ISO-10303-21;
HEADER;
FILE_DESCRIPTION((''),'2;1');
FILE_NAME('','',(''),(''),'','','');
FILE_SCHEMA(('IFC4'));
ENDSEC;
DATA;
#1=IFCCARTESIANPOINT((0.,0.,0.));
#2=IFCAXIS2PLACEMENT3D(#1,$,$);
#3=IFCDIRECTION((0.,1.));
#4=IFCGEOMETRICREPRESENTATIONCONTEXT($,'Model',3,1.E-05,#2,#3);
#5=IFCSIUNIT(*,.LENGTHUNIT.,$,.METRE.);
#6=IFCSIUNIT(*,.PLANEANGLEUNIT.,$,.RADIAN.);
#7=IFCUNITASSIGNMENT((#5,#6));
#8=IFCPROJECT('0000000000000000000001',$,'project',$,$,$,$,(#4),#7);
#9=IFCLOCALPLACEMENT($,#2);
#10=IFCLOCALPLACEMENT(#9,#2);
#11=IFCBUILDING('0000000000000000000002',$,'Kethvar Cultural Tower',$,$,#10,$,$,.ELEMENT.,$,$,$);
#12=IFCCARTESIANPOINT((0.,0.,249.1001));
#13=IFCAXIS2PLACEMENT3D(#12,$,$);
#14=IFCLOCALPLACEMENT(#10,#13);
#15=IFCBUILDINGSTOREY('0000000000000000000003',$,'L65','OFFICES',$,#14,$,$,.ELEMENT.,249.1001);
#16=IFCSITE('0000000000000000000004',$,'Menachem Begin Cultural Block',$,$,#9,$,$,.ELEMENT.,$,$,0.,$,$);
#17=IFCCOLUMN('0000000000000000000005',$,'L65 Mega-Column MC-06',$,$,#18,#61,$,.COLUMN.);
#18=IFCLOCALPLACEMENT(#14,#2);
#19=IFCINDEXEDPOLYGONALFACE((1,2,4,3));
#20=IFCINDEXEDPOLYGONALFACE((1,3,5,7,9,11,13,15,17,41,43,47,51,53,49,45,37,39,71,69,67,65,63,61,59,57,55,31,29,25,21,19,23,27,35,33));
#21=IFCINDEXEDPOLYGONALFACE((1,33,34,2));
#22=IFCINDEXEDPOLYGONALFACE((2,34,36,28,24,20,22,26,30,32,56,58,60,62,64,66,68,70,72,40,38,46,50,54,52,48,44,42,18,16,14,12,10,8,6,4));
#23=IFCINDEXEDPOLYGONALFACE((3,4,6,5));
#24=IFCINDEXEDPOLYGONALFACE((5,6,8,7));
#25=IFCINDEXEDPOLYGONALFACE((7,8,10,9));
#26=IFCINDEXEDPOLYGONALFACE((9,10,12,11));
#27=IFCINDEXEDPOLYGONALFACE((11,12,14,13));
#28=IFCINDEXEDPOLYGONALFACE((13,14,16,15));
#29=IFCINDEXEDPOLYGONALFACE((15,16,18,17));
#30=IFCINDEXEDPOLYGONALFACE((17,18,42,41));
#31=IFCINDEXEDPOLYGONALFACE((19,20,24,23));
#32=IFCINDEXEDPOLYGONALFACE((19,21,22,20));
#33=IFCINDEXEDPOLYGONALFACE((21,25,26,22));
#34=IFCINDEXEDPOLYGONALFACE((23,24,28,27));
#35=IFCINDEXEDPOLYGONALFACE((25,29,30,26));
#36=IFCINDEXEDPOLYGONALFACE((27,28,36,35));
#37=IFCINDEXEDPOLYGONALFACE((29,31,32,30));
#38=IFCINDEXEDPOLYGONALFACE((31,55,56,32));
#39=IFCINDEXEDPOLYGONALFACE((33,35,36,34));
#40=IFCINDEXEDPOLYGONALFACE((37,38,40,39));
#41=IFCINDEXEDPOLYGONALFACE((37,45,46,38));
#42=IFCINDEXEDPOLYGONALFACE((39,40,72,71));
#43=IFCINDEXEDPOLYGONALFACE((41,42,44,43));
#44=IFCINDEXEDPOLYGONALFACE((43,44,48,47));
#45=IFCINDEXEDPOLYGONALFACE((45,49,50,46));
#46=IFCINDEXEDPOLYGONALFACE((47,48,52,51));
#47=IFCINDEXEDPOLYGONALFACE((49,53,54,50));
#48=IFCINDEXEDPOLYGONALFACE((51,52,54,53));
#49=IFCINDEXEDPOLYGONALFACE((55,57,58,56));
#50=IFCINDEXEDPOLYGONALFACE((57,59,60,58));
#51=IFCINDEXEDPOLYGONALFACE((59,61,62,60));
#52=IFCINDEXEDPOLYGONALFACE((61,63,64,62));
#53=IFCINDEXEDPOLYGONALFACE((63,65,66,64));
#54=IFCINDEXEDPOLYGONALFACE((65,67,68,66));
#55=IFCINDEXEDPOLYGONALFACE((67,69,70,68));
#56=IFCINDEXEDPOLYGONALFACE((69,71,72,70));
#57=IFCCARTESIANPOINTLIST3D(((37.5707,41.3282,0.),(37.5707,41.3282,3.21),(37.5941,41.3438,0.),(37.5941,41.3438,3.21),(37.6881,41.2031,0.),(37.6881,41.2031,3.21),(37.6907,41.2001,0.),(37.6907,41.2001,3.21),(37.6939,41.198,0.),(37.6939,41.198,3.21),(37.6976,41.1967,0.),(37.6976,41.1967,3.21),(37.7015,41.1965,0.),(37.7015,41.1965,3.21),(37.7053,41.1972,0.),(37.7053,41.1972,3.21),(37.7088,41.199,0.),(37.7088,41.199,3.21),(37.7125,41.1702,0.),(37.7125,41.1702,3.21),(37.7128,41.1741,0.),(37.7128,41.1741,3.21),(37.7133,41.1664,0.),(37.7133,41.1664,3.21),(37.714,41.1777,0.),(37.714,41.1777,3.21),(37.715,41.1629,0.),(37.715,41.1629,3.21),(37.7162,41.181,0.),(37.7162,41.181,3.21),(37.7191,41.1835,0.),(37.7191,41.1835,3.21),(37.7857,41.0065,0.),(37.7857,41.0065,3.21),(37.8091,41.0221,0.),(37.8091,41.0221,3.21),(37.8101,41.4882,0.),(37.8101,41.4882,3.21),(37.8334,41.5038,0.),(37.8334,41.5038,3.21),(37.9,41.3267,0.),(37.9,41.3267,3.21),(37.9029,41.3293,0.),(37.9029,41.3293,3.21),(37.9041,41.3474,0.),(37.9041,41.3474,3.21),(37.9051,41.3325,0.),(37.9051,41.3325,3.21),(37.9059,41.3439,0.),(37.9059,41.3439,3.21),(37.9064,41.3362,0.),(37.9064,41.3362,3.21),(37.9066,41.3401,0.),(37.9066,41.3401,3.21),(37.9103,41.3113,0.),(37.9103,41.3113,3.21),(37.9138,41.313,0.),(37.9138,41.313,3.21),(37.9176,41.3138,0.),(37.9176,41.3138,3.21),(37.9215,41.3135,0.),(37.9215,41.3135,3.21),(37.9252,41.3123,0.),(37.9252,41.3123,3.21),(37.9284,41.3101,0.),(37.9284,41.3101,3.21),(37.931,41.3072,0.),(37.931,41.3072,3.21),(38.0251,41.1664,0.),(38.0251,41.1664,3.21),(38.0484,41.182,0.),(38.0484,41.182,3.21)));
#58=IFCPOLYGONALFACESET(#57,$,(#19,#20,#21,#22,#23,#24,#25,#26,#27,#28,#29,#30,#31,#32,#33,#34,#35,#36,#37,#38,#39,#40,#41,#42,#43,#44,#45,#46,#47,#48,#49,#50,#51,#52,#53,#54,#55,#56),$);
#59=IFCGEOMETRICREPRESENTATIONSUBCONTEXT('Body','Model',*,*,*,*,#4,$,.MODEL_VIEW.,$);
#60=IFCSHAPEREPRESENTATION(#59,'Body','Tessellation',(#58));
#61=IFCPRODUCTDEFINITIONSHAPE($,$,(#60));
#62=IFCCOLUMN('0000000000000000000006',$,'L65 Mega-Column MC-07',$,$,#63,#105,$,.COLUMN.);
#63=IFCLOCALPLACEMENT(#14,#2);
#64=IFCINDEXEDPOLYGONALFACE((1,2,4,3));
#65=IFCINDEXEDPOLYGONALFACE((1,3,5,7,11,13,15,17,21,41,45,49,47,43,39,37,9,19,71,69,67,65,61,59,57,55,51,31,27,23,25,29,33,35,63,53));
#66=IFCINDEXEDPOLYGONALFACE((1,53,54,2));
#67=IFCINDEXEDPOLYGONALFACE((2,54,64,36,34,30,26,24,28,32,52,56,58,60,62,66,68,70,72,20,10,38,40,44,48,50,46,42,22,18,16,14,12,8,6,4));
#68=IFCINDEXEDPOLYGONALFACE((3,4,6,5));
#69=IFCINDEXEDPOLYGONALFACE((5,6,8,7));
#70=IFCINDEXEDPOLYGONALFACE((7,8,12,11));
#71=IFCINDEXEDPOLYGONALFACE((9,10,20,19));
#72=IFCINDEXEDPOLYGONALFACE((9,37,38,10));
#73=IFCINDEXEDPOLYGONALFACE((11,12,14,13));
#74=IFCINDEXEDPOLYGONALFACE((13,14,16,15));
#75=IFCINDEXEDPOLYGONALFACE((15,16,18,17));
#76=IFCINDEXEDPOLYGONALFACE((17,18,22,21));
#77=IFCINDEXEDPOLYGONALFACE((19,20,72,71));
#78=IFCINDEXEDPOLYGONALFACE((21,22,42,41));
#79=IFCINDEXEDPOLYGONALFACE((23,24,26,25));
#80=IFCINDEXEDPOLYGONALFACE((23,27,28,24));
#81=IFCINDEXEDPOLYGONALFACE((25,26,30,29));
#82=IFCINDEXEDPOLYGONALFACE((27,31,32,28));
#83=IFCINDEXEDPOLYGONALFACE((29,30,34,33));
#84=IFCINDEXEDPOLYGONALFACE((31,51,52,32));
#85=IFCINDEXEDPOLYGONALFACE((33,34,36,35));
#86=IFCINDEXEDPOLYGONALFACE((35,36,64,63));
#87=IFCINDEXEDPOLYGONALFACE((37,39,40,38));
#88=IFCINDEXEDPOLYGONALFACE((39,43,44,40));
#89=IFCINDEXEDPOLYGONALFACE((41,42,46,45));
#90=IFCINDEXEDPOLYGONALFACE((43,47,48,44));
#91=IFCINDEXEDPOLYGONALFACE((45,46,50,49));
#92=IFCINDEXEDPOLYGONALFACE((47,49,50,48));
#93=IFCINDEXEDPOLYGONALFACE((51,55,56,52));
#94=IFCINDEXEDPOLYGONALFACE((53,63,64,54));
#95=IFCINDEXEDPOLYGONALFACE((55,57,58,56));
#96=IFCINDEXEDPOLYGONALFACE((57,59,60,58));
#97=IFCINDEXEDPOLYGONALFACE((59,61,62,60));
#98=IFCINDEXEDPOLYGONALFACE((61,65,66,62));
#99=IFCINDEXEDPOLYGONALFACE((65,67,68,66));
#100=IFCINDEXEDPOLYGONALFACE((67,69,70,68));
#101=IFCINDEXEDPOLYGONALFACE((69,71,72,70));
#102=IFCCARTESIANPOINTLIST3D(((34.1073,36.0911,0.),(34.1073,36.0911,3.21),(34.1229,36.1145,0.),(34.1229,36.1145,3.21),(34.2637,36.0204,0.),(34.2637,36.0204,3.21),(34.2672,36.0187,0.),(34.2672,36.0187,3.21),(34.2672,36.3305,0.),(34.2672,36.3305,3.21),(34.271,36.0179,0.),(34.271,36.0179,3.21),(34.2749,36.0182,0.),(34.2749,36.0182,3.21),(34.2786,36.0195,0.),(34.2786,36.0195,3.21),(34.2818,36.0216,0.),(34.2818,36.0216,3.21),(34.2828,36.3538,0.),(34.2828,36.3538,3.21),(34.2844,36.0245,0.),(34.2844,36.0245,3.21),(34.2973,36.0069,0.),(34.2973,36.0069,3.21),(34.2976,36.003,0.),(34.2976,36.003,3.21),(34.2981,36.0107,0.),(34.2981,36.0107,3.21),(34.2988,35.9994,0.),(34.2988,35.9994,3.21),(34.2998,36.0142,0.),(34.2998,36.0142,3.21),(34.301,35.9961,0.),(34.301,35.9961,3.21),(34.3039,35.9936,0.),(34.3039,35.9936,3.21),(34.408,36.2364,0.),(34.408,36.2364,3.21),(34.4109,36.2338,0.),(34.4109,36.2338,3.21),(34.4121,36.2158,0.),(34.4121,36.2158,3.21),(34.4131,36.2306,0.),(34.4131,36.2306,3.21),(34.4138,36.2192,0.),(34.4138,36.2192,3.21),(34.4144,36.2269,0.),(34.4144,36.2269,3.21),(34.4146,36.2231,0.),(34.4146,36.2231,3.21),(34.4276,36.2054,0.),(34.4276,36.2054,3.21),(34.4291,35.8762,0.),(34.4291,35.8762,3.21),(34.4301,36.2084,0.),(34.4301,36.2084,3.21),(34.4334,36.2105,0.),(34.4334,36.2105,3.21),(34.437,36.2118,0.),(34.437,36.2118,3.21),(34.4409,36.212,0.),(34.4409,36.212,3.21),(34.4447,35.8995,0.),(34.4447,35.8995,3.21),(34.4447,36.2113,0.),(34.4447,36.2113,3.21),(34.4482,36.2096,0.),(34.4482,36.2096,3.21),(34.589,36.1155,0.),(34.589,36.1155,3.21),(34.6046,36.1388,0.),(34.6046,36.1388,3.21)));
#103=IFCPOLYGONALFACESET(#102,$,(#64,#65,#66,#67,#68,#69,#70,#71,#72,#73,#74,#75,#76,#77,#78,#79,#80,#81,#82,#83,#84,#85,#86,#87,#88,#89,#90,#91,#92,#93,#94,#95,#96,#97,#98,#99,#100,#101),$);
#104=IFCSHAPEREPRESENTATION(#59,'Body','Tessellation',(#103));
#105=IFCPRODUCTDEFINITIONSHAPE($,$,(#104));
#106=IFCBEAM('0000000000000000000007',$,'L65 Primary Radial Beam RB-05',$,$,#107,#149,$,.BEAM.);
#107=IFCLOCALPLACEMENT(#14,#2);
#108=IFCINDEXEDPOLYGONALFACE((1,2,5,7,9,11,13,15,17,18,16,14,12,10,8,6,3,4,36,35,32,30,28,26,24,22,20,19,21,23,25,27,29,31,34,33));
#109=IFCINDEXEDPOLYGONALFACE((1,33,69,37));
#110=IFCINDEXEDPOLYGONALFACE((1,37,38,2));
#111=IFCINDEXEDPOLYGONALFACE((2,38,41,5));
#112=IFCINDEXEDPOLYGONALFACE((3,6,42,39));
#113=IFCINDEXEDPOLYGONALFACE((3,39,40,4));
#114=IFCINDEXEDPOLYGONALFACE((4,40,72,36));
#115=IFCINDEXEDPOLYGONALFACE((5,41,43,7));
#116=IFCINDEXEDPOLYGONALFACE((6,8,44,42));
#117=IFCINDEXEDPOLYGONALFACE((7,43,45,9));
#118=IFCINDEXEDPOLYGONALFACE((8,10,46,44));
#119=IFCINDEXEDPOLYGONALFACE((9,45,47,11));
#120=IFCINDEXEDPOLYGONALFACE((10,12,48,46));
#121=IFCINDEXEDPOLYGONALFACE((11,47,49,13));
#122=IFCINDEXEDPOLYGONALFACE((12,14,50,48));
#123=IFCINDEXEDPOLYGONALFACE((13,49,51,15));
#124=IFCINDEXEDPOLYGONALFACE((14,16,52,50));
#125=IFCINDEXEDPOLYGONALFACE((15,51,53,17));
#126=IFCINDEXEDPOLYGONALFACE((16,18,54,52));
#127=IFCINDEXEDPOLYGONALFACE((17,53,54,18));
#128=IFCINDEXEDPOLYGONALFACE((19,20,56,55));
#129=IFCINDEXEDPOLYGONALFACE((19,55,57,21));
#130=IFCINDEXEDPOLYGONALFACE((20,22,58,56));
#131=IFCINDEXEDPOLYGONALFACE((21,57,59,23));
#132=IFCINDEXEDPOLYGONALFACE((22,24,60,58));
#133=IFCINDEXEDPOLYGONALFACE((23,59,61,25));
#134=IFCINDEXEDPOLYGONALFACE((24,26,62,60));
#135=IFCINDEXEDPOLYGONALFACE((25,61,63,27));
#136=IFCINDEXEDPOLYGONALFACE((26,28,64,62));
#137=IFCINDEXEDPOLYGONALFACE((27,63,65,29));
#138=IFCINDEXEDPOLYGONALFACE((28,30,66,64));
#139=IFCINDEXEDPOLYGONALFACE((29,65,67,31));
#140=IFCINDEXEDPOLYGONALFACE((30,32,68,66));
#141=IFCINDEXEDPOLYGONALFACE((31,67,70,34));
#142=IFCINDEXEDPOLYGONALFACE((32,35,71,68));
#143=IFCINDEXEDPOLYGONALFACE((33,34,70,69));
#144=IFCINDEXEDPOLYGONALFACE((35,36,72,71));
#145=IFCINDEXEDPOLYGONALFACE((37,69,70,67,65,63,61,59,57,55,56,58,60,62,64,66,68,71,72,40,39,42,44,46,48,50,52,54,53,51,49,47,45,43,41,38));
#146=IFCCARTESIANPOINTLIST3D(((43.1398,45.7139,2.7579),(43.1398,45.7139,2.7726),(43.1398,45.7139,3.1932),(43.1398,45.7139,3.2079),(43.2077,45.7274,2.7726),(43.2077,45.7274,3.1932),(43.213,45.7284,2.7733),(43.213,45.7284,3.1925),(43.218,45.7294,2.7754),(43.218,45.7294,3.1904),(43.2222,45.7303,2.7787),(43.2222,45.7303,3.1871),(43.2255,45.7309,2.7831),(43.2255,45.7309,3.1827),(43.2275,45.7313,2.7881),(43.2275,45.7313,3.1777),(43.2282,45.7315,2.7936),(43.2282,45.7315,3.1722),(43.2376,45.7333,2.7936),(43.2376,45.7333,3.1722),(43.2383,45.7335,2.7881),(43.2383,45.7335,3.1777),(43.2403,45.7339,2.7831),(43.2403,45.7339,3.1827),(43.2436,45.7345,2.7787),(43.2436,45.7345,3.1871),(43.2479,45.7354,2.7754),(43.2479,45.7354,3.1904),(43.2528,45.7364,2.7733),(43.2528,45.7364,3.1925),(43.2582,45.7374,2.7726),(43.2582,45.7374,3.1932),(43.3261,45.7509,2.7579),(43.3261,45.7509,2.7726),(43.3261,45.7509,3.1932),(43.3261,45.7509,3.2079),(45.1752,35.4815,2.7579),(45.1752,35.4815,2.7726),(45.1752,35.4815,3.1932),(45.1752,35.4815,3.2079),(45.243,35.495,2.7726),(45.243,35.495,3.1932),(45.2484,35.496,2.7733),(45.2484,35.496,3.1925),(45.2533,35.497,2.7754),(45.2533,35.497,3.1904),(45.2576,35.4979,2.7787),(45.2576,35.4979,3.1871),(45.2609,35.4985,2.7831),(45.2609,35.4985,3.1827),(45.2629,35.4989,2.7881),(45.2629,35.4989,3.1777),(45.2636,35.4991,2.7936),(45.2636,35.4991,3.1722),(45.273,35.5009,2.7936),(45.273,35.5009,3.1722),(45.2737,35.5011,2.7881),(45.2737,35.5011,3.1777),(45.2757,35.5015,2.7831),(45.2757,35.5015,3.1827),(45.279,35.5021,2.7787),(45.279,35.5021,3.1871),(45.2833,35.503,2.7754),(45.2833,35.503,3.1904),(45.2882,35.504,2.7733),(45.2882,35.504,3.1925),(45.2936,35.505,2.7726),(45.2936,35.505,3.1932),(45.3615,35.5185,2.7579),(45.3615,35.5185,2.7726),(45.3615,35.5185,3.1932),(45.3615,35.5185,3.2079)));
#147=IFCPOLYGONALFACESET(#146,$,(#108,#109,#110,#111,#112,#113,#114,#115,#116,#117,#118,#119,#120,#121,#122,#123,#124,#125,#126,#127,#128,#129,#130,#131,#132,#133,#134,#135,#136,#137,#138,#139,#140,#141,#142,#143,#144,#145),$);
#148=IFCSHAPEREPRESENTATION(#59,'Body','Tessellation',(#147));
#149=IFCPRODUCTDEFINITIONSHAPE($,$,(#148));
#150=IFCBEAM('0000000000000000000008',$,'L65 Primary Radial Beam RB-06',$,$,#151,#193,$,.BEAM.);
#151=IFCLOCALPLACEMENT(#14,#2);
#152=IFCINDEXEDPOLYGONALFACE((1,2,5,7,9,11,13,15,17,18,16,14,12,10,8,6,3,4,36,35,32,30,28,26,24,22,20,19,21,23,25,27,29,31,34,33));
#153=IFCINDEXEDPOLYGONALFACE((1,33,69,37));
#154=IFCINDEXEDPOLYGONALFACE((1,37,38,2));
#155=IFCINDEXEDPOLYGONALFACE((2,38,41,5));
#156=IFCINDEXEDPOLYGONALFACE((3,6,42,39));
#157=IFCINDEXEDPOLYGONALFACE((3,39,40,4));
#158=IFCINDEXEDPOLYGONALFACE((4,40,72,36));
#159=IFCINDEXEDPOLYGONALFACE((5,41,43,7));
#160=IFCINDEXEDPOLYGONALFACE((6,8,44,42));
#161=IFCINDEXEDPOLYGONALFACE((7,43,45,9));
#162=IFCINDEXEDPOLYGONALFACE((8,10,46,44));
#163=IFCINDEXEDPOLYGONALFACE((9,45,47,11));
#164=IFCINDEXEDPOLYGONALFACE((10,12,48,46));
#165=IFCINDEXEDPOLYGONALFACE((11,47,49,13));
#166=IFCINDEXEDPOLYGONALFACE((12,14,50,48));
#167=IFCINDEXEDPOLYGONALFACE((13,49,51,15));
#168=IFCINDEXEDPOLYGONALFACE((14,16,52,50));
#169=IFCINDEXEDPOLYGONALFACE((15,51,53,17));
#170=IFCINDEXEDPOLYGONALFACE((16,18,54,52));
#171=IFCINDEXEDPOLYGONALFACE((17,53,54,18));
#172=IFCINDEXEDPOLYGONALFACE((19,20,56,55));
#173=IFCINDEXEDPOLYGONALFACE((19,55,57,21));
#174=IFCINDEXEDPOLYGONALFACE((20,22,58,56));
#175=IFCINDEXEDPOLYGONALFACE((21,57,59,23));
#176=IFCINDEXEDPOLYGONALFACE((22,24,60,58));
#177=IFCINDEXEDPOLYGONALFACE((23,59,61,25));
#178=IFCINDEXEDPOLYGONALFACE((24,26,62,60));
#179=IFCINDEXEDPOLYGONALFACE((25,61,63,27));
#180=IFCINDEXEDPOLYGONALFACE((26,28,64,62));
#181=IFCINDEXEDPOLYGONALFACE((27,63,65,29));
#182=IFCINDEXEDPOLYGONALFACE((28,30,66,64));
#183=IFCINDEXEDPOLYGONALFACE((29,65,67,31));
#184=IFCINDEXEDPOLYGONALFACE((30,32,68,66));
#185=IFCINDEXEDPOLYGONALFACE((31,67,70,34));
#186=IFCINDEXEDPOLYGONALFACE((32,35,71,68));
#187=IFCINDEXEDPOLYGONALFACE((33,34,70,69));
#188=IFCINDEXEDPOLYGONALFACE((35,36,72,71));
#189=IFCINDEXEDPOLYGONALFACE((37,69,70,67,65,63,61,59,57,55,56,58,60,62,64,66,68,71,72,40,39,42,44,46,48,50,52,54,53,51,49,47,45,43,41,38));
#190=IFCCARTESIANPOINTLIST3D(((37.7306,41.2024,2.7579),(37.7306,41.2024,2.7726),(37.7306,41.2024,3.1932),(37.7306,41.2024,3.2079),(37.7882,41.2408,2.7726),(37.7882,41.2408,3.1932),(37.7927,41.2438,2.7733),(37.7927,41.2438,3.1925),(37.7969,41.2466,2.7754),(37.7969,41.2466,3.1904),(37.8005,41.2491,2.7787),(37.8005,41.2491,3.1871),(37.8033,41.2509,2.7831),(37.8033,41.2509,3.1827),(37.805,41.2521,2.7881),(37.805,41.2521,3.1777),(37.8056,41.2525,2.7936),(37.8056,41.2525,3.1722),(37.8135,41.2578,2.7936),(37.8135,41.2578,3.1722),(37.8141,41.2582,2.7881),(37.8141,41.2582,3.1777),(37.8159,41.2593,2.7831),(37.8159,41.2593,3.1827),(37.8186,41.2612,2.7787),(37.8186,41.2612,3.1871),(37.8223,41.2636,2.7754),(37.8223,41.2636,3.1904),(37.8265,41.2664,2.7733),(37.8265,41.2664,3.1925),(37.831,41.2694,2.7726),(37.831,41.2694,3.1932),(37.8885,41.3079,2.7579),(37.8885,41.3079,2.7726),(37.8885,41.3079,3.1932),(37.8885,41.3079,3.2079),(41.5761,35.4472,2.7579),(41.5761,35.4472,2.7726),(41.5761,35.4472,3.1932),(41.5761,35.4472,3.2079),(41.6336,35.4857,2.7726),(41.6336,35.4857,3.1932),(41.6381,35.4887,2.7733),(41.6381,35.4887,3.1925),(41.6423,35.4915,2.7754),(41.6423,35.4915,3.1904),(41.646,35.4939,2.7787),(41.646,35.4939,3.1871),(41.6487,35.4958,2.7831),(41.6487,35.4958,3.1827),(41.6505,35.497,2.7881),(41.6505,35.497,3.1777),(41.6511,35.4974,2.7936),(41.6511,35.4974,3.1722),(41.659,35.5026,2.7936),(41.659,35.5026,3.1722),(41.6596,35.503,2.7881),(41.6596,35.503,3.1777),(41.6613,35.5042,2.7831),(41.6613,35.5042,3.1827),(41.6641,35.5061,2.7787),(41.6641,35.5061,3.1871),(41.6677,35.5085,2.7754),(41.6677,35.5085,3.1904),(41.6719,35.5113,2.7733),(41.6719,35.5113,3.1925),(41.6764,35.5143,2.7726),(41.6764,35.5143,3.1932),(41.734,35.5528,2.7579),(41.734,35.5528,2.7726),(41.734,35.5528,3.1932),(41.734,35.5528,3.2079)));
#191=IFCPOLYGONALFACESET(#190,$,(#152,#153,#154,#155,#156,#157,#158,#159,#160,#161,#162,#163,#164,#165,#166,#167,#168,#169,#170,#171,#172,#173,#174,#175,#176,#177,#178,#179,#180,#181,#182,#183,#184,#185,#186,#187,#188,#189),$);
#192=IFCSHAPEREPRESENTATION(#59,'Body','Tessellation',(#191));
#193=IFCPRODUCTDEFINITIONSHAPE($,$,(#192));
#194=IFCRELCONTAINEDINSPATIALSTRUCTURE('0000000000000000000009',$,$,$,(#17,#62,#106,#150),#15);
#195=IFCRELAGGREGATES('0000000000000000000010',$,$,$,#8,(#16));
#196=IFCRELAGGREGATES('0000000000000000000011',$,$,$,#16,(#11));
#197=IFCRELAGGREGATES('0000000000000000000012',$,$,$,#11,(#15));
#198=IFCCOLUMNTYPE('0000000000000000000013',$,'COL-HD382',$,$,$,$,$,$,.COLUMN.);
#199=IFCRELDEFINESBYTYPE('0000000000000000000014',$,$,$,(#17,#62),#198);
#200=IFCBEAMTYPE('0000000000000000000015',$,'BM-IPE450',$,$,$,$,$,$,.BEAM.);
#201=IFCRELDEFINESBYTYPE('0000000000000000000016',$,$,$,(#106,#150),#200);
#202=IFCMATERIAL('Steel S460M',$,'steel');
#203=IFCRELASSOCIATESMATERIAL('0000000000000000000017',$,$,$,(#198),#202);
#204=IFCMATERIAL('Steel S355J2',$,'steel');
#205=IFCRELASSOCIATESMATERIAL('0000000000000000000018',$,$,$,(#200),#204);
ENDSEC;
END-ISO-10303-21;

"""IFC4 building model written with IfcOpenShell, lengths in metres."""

from ifc_helpers import new_model, si_unit, direction, frame, origin, origin_2d, place, context, subcontext, project, spatial, i_section, extrude, source, transform, mapped, material, material_profile, profile_set, type_object, element, save


model = new_model("IFC4")

# Units and contexts
model_context = context("Model", 3, precision=1e-05, world=origin(), true_north=direction((0.0, 1.0)))
body_context = subcontext(model_context, "Body", "Model", "MODEL_VIEW")
ifc_project = project(units=[si_unit("LENGTHUNIT", "METRE"), si_unit("PLANEANGLEUNIT", "RADIAN")], contexts=[model_context])

# Site, building, storey
site_placement = place(None, origin())
site = spatial("IfcSite", under=ifc_project, at=site_placement, Name="Menachem Begin Cultural Block", CompositionType="ELEMENT", RefElevation=0.0)
building_placement = place(site_placement, origin())
building = spatial("IfcBuilding", under=site, at=building_placement, Name="Kethvar Cultural Tower", CompositionType="ELEMENT")
storey_placement = place(building_placement, frame((0.0, 0.0, 249.1001)))
storey = spatial("IfcBuildingStorey", under=building, at=storey_placement, Name="L65", Description="OFFICES", CompositionType="ELEMENT", Elevation=249.1001)

# Columns
ifc_material_1 = material(Name="Steel S460M", Category="steel")
ifc_material_profile_1 = material_profile(ifc_material_1, i_section(OverallWidth=0.387, OverallDepth=0.3159, WebThickness=0.0186, FlangeThickness=0.0281, FilletRadius=0.0149, at=origin_2d()), Name="Steel S460M — HD400x382")
ifc_profile_set_1 = profile_set([ifc_material_profile_1], Name="Steel S460M — HD400x382")
column_type = type_object("IfcColumnType", Name="COL-HD382", PredefinedType="COLUMN", material=ifc_profile_set_1)
shared_shape_1 = source(origin(), body_context, "Body", "SweptSolid", [
    extrude(i_section(OverallWidth=0.387, OverallDepth=0.3159, WebThickness=0.0186, FlangeThickness=0.0281, FilletRadius=0.0149, at=origin_2d()), origin(), (0.0, 0.0, 1.0), 3.21),
])
for number, where, z_axis, x_axis, name in (
    (1, (37.8096, 41.2551, 0.0), (0.0, 0.0, 1.0), (-0.55557, 0.83147, 0.0), "L65 Mega-Column MC-06"),
    (2, (34.356, 36.115, 0.0), (0.0, 0.0, 1.0), (-0.83147, 0.55557, 0.0), "L65 Mega-Column MC-07"),
):
    element("IfcColumn", number, at=place(storey_placement, frame(where, z_axis=z_axis, x_axis=x_axis)), inside=storey, type_object=column_type, Name=name, PredefinedType="COLUMN", context=body_context, shape_type="MappedRepresentation", body=[
        mapped(shared_shape_1, transform((0.0, 0.0, 0.0), scale=1.0)),
    ])

# Beams
ifc_material_2 = material(Name="Steel S355J2", Category="steel")
ifc_material_profile_2 = material_profile(ifc_material_2, i_section(OverallWidth=0.1899, OverallDepth=0.45, WebThickness=0.0095, FlangeThickness=0.0146, FilletRadius=0.021, at=origin_2d()), Name="Steel S355J2 — IPE450")
ifc_profile_set_2 = profile_set([ifc_material_profile_2], Name="Steel S355J2 — IPE450")
beam_type_1 = type_object("IfcBeamType", Name="BM-IPE450", PredefinedType="BEAM", material=ifc_profile_set_2)
shared_shape_2 = source(origin(), body_context, "Body", "SweptSolid", [
    extrude(i_section(OverallWidth=0.1899, OverallDepth=0.45, WebThickness=0.0095, FlangeThickness=0.0146, FilletRadius=0.021, at=origin_2d()), origin(), (0.0, 0.0, 1.0), 10.4329),
])
beam_1_placement = place(storey_placement, frame((45.2683, 35.5, 2.9829), z_axis=(-0.195094, 0.980784, 0.0), x_axis=(-0.980784, -0.195094, 0.0)))
element("IfcBeam", 3, at=beam_1_placement, inside=storey, type_object=beam_type_1, Name="L65 Primary Radial Beam RB-05", PredefinedType="BEAM", context=body_context, shape_type="MappedRepresentation", body=[
    mapped(shared_shape_2, transform((0.0, 0.0, 0.0), scale=1.0)),
])
shared_shape_3 = source(origin(), body_context, "Body", "SweptSolid", [
    extrude(i_section(OverallWidth=0.1899, OverallDepth=0.45, WebThickness=0.0095, FlangeThickness=0.0146, FilletRadius=0.021, at=origin_2d()), origin(), (0.0, 0.0, 1.0), 6.9216),
])
beam_2_placement = place(storey_placement, frame((41.655, 35.5, 2.9829), z_axis=(-0.555571, 0.831469, 0.0), x_axis=(-0.831469, -0.555571, 0.0)))
element("IfcBeam", 4, at=beam_2_placement, inside=storey, type_object=beam_type_1, Name="L65 Primary Radial Beam RB-06", PredefinedType="BEAM", context=body_context, shape_type="MappedRepresentation", body=[
    mapped(shared_shape_3, transform((0.0, 0.0, 0.0), scale=1.0)),
])

save(model, "model.ifc")
